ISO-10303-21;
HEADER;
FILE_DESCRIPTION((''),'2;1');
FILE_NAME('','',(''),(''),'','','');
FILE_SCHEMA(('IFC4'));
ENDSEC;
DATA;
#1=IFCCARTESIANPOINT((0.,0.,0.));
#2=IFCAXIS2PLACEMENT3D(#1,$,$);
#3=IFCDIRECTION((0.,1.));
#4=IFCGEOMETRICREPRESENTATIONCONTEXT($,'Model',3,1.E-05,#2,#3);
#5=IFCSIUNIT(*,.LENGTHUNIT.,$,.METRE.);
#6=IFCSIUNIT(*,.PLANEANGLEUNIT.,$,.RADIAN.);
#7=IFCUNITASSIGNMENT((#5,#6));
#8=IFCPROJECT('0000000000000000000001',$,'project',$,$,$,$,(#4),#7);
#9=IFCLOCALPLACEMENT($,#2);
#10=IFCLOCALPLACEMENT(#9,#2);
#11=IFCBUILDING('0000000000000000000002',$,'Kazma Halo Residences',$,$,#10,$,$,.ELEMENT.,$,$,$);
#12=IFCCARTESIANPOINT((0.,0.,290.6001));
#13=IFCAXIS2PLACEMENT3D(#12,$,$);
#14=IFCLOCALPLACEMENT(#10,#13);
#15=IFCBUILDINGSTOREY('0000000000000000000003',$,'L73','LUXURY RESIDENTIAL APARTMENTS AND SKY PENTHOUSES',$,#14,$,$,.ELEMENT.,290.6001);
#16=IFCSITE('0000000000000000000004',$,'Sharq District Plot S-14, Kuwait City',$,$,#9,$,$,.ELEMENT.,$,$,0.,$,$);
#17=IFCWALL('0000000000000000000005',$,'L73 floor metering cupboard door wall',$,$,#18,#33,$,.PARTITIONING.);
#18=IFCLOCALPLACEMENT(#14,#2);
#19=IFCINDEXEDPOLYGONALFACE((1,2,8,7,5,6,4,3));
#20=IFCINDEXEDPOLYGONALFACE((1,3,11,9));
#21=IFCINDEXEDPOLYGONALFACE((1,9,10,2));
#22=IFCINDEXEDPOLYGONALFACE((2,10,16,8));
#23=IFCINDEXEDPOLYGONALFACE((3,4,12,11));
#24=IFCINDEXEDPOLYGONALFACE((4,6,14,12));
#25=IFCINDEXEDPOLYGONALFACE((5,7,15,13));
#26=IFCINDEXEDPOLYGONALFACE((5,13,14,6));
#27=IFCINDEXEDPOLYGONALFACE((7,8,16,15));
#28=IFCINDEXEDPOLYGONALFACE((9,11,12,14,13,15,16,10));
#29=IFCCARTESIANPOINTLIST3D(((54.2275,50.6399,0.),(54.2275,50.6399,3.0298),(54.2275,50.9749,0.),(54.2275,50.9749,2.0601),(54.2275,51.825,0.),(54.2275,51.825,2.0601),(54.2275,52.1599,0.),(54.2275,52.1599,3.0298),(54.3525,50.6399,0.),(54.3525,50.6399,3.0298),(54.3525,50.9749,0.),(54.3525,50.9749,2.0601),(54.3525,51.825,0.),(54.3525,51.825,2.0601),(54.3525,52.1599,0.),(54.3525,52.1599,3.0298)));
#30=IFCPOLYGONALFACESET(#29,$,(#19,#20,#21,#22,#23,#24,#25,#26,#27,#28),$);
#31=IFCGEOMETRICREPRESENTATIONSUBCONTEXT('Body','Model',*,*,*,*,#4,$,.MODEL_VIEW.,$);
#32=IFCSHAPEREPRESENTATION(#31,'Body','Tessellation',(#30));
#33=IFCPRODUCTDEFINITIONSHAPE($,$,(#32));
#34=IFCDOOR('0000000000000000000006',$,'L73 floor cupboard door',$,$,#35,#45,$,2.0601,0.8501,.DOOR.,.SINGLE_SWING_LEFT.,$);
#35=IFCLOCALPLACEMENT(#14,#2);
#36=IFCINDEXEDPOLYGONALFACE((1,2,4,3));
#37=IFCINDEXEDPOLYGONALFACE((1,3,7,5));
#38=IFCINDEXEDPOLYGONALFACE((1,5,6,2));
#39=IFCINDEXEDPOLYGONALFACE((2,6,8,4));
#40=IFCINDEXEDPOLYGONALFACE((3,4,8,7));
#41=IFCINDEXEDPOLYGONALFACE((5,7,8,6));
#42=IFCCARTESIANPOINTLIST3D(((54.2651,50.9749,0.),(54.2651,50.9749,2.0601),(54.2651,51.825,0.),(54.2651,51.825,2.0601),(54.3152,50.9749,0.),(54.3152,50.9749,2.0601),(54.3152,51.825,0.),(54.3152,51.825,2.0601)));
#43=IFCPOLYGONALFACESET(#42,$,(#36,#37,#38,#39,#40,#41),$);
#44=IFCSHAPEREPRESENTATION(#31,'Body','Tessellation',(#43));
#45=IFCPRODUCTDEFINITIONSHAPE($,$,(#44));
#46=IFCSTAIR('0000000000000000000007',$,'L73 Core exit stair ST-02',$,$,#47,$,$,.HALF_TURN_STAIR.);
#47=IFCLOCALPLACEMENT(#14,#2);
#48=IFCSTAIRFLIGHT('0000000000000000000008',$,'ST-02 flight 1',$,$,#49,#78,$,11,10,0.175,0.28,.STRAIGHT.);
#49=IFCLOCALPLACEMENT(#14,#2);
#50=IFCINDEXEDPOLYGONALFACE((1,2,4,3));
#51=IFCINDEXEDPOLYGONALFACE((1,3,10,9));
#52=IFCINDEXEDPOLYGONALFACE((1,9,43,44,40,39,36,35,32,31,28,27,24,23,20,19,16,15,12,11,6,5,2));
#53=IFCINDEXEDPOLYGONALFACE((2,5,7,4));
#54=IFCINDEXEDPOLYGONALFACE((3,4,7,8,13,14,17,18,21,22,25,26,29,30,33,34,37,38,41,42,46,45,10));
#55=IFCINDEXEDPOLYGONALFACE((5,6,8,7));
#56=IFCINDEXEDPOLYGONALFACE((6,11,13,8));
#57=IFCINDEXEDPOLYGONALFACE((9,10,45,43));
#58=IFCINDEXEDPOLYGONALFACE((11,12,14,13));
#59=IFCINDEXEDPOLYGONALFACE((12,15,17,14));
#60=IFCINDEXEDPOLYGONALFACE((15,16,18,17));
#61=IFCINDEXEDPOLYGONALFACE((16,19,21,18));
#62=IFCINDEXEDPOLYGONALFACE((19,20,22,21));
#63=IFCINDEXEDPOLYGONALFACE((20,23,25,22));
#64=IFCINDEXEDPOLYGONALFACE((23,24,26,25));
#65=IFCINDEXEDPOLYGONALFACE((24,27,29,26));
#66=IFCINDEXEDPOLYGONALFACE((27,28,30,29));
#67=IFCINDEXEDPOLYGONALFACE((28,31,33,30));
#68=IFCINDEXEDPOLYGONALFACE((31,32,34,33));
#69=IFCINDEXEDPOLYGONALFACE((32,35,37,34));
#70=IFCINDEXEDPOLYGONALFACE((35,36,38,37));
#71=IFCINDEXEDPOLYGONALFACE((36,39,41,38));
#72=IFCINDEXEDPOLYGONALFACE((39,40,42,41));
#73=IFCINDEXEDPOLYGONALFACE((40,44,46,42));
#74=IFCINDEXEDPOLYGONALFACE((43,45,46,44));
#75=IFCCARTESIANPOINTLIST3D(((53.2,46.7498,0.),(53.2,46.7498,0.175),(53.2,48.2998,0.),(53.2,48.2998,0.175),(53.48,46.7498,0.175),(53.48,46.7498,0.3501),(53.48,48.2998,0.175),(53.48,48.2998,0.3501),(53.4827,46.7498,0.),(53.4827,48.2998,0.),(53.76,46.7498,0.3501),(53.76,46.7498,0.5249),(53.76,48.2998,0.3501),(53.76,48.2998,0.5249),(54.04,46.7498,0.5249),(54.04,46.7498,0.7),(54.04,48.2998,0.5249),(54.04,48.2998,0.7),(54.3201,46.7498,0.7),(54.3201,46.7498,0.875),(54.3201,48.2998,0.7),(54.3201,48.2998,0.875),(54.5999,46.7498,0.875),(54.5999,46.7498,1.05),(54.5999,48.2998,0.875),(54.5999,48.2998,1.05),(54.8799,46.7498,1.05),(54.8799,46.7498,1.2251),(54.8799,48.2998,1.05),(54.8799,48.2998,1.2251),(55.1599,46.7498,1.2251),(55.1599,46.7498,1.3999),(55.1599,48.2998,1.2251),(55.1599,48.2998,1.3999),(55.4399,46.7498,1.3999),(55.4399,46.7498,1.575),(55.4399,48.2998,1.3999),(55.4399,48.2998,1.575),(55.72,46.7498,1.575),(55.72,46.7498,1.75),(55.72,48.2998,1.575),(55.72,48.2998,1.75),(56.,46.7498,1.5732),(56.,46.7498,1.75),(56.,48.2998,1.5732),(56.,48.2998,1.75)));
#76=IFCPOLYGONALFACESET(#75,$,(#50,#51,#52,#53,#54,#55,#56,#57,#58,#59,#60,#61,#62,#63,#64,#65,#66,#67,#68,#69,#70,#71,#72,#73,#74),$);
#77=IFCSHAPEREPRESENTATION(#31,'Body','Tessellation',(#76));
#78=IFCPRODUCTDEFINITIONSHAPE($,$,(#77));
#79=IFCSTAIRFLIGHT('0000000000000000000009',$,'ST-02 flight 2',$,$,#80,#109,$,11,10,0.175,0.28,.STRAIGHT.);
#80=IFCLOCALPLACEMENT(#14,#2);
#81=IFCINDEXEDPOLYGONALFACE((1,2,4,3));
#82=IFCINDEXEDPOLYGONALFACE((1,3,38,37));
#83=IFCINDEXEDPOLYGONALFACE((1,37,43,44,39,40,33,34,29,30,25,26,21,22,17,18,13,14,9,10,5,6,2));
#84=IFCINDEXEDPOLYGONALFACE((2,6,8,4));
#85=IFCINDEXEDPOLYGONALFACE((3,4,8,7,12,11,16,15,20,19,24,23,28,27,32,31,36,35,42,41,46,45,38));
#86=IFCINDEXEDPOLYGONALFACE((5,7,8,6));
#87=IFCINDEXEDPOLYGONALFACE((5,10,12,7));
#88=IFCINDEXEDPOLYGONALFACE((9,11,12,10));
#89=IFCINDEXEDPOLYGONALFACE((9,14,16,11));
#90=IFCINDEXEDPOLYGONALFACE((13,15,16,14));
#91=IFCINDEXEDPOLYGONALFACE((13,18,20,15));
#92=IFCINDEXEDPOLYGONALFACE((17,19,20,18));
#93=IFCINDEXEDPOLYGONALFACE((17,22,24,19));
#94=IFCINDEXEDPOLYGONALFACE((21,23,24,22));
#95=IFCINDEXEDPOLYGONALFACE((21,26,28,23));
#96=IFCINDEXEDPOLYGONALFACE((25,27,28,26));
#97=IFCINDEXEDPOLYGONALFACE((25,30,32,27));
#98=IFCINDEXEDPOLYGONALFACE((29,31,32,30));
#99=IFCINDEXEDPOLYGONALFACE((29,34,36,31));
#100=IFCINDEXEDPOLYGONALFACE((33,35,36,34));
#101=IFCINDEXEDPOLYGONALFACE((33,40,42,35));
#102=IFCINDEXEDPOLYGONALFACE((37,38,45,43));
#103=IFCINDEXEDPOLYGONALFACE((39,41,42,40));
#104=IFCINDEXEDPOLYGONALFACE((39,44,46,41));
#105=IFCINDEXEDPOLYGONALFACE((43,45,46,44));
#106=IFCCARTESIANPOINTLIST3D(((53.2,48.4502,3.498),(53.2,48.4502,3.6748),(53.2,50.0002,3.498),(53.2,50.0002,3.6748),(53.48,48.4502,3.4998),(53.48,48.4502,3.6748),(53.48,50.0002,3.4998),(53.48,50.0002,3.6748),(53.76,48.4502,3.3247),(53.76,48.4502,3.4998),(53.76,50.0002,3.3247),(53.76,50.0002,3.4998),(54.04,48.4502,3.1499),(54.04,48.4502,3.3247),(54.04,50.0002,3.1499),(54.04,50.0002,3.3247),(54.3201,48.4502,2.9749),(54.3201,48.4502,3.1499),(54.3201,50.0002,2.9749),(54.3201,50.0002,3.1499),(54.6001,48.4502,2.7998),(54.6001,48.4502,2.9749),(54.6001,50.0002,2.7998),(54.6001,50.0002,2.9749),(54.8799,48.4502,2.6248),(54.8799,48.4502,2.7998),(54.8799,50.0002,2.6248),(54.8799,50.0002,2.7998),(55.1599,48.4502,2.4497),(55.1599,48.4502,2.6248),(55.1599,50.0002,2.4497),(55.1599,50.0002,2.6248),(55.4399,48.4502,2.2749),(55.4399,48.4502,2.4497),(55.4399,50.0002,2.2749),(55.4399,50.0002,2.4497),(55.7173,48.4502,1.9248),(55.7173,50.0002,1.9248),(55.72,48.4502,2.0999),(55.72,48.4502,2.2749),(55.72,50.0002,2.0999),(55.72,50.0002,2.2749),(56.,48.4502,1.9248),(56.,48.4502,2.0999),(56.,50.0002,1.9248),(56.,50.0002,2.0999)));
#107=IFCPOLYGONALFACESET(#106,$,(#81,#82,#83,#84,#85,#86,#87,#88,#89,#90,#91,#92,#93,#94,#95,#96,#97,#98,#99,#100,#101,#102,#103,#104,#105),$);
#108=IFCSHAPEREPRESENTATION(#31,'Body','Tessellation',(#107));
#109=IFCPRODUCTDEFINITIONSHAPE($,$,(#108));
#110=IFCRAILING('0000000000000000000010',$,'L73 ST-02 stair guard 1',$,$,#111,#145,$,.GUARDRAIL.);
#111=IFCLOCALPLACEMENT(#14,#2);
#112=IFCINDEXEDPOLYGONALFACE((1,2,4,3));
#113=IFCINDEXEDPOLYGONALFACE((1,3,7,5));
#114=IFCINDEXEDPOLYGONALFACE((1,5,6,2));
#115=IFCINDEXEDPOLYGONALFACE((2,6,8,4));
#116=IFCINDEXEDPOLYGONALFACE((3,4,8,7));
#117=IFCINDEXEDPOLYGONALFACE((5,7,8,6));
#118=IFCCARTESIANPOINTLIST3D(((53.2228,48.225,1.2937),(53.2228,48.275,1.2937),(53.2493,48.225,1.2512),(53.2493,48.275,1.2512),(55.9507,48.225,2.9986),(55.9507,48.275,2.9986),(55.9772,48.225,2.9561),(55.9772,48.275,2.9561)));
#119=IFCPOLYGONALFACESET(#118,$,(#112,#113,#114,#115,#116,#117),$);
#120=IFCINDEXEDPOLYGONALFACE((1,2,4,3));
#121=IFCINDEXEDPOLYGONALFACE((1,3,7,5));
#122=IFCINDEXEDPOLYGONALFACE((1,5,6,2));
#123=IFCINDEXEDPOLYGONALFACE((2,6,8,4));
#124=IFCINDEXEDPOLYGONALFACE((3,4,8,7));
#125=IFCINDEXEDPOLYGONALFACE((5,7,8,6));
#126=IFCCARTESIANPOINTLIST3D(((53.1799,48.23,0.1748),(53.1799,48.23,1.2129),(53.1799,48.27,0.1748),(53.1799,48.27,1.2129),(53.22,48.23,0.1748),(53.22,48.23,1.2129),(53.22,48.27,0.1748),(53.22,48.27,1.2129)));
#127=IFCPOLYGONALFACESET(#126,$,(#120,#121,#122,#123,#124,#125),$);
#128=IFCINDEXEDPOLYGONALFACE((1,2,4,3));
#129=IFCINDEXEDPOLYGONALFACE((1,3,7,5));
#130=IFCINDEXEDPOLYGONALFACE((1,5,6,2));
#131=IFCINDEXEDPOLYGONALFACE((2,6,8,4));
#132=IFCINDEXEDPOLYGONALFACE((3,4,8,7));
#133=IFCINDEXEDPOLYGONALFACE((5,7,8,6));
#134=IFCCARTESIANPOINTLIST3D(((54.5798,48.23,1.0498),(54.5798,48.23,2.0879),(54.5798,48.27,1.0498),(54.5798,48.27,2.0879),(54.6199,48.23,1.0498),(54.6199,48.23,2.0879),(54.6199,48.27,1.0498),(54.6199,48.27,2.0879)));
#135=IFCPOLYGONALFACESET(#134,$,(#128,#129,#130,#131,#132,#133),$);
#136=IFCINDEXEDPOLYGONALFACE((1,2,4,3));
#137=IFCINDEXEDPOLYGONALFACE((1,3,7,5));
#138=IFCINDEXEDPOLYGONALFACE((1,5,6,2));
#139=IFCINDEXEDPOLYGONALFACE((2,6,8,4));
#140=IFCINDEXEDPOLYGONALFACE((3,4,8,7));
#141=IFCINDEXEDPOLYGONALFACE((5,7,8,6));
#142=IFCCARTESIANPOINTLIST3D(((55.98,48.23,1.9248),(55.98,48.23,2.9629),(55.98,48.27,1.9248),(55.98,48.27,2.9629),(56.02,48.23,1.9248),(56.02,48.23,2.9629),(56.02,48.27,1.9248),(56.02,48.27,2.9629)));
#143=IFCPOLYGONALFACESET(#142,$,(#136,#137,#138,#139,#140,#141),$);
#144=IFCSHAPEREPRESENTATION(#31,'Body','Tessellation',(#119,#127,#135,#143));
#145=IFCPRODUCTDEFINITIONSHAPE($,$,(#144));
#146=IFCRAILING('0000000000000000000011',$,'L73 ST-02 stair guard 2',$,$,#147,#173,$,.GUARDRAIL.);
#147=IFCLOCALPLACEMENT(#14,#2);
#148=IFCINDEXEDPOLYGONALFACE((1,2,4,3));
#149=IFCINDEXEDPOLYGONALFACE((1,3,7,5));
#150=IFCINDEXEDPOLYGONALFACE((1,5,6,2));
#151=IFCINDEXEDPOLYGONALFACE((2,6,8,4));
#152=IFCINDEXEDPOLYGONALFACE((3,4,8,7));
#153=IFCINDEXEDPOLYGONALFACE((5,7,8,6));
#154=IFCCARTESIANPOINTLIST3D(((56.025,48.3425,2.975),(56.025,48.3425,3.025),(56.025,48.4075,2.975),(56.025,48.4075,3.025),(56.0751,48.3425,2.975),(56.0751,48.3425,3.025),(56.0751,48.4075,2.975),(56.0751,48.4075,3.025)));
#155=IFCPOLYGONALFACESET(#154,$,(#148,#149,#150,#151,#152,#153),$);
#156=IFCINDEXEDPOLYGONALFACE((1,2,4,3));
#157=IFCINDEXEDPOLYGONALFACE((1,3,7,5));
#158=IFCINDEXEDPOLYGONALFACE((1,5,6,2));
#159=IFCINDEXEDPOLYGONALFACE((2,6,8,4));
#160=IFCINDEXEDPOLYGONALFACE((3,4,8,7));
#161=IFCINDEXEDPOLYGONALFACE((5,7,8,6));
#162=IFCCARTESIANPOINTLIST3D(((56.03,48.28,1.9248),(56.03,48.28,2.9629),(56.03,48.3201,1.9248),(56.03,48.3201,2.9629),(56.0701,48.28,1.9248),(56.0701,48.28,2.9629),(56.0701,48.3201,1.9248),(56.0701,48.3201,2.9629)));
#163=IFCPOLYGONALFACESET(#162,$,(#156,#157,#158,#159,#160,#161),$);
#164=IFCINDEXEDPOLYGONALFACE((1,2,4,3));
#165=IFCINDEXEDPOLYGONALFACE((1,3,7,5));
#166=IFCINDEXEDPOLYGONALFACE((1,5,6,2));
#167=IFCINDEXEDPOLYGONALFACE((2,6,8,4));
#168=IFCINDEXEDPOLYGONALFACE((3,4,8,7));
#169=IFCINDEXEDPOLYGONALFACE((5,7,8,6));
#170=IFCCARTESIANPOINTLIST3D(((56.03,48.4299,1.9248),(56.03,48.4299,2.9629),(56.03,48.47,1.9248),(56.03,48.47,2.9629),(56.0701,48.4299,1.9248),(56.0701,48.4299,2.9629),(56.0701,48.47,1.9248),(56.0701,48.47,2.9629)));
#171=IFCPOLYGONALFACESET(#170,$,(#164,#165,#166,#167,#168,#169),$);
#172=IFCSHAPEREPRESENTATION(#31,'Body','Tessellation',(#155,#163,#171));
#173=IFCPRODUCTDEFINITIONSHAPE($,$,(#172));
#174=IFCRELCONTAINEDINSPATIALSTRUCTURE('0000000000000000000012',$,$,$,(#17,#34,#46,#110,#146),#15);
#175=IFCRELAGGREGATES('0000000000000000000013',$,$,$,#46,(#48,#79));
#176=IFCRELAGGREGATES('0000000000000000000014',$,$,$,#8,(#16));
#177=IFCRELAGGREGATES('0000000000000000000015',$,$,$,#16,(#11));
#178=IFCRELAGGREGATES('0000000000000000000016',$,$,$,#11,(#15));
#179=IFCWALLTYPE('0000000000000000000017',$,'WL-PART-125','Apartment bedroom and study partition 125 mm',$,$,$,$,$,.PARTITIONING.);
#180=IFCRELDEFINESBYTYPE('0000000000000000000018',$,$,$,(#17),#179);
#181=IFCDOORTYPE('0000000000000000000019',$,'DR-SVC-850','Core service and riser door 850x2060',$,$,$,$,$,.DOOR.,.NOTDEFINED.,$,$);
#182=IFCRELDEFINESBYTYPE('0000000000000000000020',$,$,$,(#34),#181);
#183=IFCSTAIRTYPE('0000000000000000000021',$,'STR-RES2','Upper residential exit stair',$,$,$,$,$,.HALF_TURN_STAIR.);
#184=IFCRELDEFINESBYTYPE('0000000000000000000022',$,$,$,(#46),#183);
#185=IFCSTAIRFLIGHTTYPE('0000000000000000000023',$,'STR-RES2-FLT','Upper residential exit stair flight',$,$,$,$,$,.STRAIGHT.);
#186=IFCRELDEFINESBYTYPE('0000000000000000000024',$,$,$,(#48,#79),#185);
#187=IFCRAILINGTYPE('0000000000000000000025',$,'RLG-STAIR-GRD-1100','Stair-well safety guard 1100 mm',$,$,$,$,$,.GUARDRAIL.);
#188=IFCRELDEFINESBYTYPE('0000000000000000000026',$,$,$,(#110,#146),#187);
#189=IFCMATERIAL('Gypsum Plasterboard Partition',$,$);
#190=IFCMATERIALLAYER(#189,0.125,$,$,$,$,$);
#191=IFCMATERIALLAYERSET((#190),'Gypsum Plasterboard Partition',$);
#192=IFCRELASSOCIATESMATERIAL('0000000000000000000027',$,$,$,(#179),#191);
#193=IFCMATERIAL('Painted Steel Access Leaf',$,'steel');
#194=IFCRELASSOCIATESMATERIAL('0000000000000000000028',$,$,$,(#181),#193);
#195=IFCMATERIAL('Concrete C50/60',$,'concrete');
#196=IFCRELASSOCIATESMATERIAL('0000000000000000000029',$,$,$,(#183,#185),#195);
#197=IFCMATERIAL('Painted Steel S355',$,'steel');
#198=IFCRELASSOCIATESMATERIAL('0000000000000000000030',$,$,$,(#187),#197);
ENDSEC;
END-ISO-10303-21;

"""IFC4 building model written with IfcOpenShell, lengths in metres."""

from ifc_helpers import new_model, si_unit, direction, frame, frame_2d, origin, origin_2d, place, context, subcontext, project, spatial, polyline, rectangle, outline, extrude, material, layer, layer_set, type_object, element, fill, aggregate, save


model = new_model("IFC4")

# Units and contexts
model_context = context("Model", 3, precision=1e-05, world=origin(), true_north=direction((0.0, 1.0)))
body_context = subcontext(model_context, "Body", "Model", "MODEL_VIEW")
ifc_project = project(units=[si_unit("LENGTHUNIT", "METRE"), si_unit("PLANEANGLEUNIT", "RADIAN")], contexts=[model_context])

# Site, building, storey
site_placement = place(None, origin())
site = spatial("IfcSite", under=ifc_project, at=site_placement, Name="Sharq District Plot S-14, Kuwait City", CompositionType="ELEMENT", RefElevation=0.0)
building_placement = place(site_placement, origin())
building = spatial("IfcBuilding", under=site, at=building_placement, Name="Kazma Halo Residences", CompositionType="ELEMENT")
storey_placement = place(building_placement, frame((0.0, 0.0, 290.6001)))
storey = spatial("IfcBuildingStorey", under=building, at=storey_placement, Name="L73", Description="LUXURY RESIDENTIAL APARTMENTS AND SKY PENTHOUSES", CompositionType="ELEMENT", Elevation=290.6001)

# Wall, opening, door
ifc_material_1 = material(Name="Gypsum Plasterboard Partition")
ifc_layer_1 = layer(ifc_material_1, 0.125)
ifc_layer_set_1 = layer_set([ifc_layer_1], Name="Gypsum Plasterboard Partition")
wall_type_1 = type_object("IfcWallType", Name="WL-PART-125", Description="Apartment bedroom and study partition 125 mm", PredefinedType="PARTITIONING", material=ifc_layer_set_1)
wall_1_placement = place(storey_placement, frame((54.29, 50.6399, 0.0), z_axis=(0.0, 0.0, 1.0), x_axis=(0.0, 1.0, 0.0)))
wall_1 = element("IfcWall", 1, at=wall_1_placement, inside=storey, type_object=wall_type_1, Name="L73 floor metering cupboard door wall", PredefinedType="PARTITIONING", context=body_context, shape_type="SweptSolid", body=[
    extrude(rectangle(XDim=1.52, YDim=0.125, at=frame_2d((0.76, 0.0))), origin(), (0.0, 0.0, 1.0), 3.0298),
])
opening_1_placement = place(wall_1_placement, frame((0.335, 0.0, 0.0)))
opening_1 = element("IfcOpeningElement", 2, at=opening_1_placement, cuts=wall_1, PredefinedType="OPENING", context=body_context, shape_type="SweptSolid", body=[
    extrude(rectangle(XDim=0.8501, YDim=2.0601, at=frame_2d((0.425, 1.03))), frame((0.0, 0.0725, 0.0), z_axis=(0.0, -1.0, 0.0), x_axis=(1.0, 0.0, 0.0)), (0.0, 0.0, 1.0), 0.145),
])
ifc_material_2 = material(Name="Painted Steel Access Leaf", Category="steel")
door_type_1 = type_object("IfcDoorType", Name="DR-SVC-850", Description="Core service and riser door 850x2060", OperationType="NOTDEFINED", PredefinedType="DOOR", material=ifc_material_2)
door_1_placement = place(opening_1_placement, origin())
door_1 = element("IfcDoor", 3, at=door_1_placement, inside=storey, type_object=door_type_1, Name="L73 floor cupboard door", OperationType="SINGLE_SWING_LEFT", OverallHeight=2.0601, OverallWidth=0.8501, PredefinedType="DOOR", context=body_context, shape_type="SweptSolid", body=[
    extrude(rectangle(XDim=0.8501, YDim=2.0601, at=frame_2d((0.425, 1.03))), frame((0.0, 0.0249, 0.0), z_axis=(0.0, -1.0, 0.0), x_axis=(1.0, 0.0, 0.0)), (0.0, 0.0, 1.0), 0.05),
])
fill(opening_1, door_1)
ifc_material_3 = material(Name="Concrete C50/60", Category="concrete")

# Stair, stair flights
stair_type = type_object("IfcStairType", Name="STR-RES2", Description="Upper residential exit stair", PredefinedType="HALF_TURN_STAIR", material=ifc_material_3)
stair_placement = place(storey_placement, origin())
stair = element("IfcStair", 4, at=stair_placement, inside=storey, type_object=stair_type, Name="L73 Core exit stair ST-02", PredefinedType="HALF_TURN_STAIR")
stair_flight_type = type_object("IfcStairFlightType", Name="STR-RES2-FLT", Description="Upper residential exit stair flight", PredefinedType="STRAIGHT", material=ifc_material_3)
stair_flight_1_placement = place(storey_placement, frame((53.2, 47.5249, 0.0), z_axis=(0.0, 0.0, 1.0), x_axis=(1.0, 0.0, 0.0)))
stair_flight_1 = element("IfcStairFlight", 5, at=stair_flight_1_placement, type_object=stair_flight_type, Name="ST-02 flight 1", NumberOfRisers=11, NumberOfTreads=10, PredefinedType="STRAIGHT", RiserHeight=0.175, TreadLength=0.28, context=body_context, shape_type="SweptSolid", body=[
    extrude(outline(polyline([(0.0, 0.0), (0.0, 0.175), (0.28, 0.175), (0.28, 0.3501), (0.5601, 0.3501), (0.5601, 0.5249), (0.8401, 0.5249), (0.8401, 0.7), (1.1201, 0.7), (1.1201, 0.875), (1.3999, 0.875), (1.3999, 1.05), (1.6799, 1.05), (1.6799, 1.2251), (1.96, 1.2251), (1.96, 1.3999), (2.24, 1.3999), (2.24, 1.575), (2.52, 1.575), (2.52, 1.75), (2.8, 1.75), (2.8, 1.925), (2.8, 1.5732), (0.2827, 0.0), (0.0, 0.0)])), frame((0.0, 0.7749, 0.0), z_axis=(0.0, -1.0, 0.0), x_axis=(1.0, 0.0, 0.0)), (0.0, 0.0, 1.0), 1.55),
])
stair_flight_2_placement = place(storey_placement, frame((56.0, 49.2251, 1.9248), z_axis=(0.0, 0.0, 1.0), x_axis=(-1.0, 0.0, 0.0)))
stair_flight_2 = element("IfcStairFlight", 6, at=stair_flight_2_placement, type_object=stair_flight_type, Name="ST-02 flight 2", NumberOfRisers=11, NumberOfTreads=10, PredefinedType="STRAIGHT", RiserHeight=0.175, TreadLength=0.28, context=body_context, shape_type="SweptSolid", body=[
    extrude(outline(polyline([(0.0, 0.0), (0.0, 0.175), (0.28, 0.175), (0.28, 0.3501), (0.5601, 0.3501), (0.5601, 0.5249), (0.8401, 0.5249), (0.8401, 0.7), (1.1201, 0.7), (1.1201, 0.875), (1.3999, 0.875), (1.3999, 1.05), (1.6799, 1.05), (1.6799, 1.2251), (1.96, 1.2251), (1.96, 1.3999), (2.24, 1.3999), (2.24, 1.575), (2.52, 1.575), (2.52, 1.75), (2.8, 1.75), (2.8, 1.925), (2.8, 1.5732), (0.2827, 0.0), (0.0, 0.0)])), frame((0.0, 0.7749, 0.0), z_axis=(0.0, -1.0, 0.0), x_axis=(1.0, 0.0, 0.0)), (0.0, 0.0, 1.0), 1.55),
])
aggregate(stair, [stair_flight_1, stair_flight_2])

# Railings
ifc_material_4 = material(Name="Painted Steel S355", Category="steel")
railing_type_1 = type_object("IfcRailingType", Name="RLG-STAIR-GRD-1100", Description="Stair-well safety guard 1100 mm", PredefinedType="GUARDRAIL", material=ifc_material_4)
railing_1_placement = place(storey_placement, frame((53.2, 48.25, 0.1748)))
element("IfcRailing", 7, at=railing_1_placement, inside=storey, type_object=railing_type_1, Name="L73 ST-02 stair guard 1", PredefinedType="GUARDRAIL", context=body_context, shape_type="SweptSolid", body=[
    extrude(rectangle(XDim=0.05, YDim=0.05, at=origin_2d()), frame((0.0361, 0.0, 1.0977), z_axis=(0.848002, 0.0, 0.529992), x_axis=(0.0, 1.0, 0.0)), (0.0, 0.0, 1.0), 3.2168),
    extrude(rectangle(XDim=0.04, YDim=0.04, at=origin_2d()), origin(), (0.0, 0.0, 1.0), 1.0381),
    extrude(rectangle(XDim=0.04, YDim=0.04, at=origin_2d()), frame((1.3999, 0.0, 0.875)), (0.0, 0.0, 1.0), 1.0381),
    extrude(rectangle(XDim=0.04, YDim=0.04, at=origin_2d()), frame((2.8, 0.0, 1.75)), (0.0, 0.0, 1.0), 1.0381),
])
railing_2_placement = place(storey_placement, frame((56.05, 48.3, 1.9248)))
element("IfcRailing", 8, at=railing_2_placement, inside=storey, type_object=railing_type_1, Name="L73 ST-02 stair guard 2", PredefinedType="GUARDRAIL", context=body_context, shape_type="SweptSolid", body=[
    extrude(rectangle(XDim=0.05, YDim=0.05, at=origin_2d()), frame((0.0, 0.0425, 1.0752), z_axis=(0.0, 1.0, 0.0), x_axis=(-1.0, 0.0, 0.0)), (0.0, 0.0, 1.0), 0.0649),
    extrude(rectangle(XDim=0.04, YDim=0.04, at=origin_2d()), origin(), (0.0, 0.0, 1.0), 1.0381),
    extrude(rectangle(XDim=0.04, YDim=0.04, at=origin_2d()), frame((0.0, 0.1499, 0.0)), (0.0, 0.0, 1.0), 1.0381),
])

save(model, "model.ifc")
